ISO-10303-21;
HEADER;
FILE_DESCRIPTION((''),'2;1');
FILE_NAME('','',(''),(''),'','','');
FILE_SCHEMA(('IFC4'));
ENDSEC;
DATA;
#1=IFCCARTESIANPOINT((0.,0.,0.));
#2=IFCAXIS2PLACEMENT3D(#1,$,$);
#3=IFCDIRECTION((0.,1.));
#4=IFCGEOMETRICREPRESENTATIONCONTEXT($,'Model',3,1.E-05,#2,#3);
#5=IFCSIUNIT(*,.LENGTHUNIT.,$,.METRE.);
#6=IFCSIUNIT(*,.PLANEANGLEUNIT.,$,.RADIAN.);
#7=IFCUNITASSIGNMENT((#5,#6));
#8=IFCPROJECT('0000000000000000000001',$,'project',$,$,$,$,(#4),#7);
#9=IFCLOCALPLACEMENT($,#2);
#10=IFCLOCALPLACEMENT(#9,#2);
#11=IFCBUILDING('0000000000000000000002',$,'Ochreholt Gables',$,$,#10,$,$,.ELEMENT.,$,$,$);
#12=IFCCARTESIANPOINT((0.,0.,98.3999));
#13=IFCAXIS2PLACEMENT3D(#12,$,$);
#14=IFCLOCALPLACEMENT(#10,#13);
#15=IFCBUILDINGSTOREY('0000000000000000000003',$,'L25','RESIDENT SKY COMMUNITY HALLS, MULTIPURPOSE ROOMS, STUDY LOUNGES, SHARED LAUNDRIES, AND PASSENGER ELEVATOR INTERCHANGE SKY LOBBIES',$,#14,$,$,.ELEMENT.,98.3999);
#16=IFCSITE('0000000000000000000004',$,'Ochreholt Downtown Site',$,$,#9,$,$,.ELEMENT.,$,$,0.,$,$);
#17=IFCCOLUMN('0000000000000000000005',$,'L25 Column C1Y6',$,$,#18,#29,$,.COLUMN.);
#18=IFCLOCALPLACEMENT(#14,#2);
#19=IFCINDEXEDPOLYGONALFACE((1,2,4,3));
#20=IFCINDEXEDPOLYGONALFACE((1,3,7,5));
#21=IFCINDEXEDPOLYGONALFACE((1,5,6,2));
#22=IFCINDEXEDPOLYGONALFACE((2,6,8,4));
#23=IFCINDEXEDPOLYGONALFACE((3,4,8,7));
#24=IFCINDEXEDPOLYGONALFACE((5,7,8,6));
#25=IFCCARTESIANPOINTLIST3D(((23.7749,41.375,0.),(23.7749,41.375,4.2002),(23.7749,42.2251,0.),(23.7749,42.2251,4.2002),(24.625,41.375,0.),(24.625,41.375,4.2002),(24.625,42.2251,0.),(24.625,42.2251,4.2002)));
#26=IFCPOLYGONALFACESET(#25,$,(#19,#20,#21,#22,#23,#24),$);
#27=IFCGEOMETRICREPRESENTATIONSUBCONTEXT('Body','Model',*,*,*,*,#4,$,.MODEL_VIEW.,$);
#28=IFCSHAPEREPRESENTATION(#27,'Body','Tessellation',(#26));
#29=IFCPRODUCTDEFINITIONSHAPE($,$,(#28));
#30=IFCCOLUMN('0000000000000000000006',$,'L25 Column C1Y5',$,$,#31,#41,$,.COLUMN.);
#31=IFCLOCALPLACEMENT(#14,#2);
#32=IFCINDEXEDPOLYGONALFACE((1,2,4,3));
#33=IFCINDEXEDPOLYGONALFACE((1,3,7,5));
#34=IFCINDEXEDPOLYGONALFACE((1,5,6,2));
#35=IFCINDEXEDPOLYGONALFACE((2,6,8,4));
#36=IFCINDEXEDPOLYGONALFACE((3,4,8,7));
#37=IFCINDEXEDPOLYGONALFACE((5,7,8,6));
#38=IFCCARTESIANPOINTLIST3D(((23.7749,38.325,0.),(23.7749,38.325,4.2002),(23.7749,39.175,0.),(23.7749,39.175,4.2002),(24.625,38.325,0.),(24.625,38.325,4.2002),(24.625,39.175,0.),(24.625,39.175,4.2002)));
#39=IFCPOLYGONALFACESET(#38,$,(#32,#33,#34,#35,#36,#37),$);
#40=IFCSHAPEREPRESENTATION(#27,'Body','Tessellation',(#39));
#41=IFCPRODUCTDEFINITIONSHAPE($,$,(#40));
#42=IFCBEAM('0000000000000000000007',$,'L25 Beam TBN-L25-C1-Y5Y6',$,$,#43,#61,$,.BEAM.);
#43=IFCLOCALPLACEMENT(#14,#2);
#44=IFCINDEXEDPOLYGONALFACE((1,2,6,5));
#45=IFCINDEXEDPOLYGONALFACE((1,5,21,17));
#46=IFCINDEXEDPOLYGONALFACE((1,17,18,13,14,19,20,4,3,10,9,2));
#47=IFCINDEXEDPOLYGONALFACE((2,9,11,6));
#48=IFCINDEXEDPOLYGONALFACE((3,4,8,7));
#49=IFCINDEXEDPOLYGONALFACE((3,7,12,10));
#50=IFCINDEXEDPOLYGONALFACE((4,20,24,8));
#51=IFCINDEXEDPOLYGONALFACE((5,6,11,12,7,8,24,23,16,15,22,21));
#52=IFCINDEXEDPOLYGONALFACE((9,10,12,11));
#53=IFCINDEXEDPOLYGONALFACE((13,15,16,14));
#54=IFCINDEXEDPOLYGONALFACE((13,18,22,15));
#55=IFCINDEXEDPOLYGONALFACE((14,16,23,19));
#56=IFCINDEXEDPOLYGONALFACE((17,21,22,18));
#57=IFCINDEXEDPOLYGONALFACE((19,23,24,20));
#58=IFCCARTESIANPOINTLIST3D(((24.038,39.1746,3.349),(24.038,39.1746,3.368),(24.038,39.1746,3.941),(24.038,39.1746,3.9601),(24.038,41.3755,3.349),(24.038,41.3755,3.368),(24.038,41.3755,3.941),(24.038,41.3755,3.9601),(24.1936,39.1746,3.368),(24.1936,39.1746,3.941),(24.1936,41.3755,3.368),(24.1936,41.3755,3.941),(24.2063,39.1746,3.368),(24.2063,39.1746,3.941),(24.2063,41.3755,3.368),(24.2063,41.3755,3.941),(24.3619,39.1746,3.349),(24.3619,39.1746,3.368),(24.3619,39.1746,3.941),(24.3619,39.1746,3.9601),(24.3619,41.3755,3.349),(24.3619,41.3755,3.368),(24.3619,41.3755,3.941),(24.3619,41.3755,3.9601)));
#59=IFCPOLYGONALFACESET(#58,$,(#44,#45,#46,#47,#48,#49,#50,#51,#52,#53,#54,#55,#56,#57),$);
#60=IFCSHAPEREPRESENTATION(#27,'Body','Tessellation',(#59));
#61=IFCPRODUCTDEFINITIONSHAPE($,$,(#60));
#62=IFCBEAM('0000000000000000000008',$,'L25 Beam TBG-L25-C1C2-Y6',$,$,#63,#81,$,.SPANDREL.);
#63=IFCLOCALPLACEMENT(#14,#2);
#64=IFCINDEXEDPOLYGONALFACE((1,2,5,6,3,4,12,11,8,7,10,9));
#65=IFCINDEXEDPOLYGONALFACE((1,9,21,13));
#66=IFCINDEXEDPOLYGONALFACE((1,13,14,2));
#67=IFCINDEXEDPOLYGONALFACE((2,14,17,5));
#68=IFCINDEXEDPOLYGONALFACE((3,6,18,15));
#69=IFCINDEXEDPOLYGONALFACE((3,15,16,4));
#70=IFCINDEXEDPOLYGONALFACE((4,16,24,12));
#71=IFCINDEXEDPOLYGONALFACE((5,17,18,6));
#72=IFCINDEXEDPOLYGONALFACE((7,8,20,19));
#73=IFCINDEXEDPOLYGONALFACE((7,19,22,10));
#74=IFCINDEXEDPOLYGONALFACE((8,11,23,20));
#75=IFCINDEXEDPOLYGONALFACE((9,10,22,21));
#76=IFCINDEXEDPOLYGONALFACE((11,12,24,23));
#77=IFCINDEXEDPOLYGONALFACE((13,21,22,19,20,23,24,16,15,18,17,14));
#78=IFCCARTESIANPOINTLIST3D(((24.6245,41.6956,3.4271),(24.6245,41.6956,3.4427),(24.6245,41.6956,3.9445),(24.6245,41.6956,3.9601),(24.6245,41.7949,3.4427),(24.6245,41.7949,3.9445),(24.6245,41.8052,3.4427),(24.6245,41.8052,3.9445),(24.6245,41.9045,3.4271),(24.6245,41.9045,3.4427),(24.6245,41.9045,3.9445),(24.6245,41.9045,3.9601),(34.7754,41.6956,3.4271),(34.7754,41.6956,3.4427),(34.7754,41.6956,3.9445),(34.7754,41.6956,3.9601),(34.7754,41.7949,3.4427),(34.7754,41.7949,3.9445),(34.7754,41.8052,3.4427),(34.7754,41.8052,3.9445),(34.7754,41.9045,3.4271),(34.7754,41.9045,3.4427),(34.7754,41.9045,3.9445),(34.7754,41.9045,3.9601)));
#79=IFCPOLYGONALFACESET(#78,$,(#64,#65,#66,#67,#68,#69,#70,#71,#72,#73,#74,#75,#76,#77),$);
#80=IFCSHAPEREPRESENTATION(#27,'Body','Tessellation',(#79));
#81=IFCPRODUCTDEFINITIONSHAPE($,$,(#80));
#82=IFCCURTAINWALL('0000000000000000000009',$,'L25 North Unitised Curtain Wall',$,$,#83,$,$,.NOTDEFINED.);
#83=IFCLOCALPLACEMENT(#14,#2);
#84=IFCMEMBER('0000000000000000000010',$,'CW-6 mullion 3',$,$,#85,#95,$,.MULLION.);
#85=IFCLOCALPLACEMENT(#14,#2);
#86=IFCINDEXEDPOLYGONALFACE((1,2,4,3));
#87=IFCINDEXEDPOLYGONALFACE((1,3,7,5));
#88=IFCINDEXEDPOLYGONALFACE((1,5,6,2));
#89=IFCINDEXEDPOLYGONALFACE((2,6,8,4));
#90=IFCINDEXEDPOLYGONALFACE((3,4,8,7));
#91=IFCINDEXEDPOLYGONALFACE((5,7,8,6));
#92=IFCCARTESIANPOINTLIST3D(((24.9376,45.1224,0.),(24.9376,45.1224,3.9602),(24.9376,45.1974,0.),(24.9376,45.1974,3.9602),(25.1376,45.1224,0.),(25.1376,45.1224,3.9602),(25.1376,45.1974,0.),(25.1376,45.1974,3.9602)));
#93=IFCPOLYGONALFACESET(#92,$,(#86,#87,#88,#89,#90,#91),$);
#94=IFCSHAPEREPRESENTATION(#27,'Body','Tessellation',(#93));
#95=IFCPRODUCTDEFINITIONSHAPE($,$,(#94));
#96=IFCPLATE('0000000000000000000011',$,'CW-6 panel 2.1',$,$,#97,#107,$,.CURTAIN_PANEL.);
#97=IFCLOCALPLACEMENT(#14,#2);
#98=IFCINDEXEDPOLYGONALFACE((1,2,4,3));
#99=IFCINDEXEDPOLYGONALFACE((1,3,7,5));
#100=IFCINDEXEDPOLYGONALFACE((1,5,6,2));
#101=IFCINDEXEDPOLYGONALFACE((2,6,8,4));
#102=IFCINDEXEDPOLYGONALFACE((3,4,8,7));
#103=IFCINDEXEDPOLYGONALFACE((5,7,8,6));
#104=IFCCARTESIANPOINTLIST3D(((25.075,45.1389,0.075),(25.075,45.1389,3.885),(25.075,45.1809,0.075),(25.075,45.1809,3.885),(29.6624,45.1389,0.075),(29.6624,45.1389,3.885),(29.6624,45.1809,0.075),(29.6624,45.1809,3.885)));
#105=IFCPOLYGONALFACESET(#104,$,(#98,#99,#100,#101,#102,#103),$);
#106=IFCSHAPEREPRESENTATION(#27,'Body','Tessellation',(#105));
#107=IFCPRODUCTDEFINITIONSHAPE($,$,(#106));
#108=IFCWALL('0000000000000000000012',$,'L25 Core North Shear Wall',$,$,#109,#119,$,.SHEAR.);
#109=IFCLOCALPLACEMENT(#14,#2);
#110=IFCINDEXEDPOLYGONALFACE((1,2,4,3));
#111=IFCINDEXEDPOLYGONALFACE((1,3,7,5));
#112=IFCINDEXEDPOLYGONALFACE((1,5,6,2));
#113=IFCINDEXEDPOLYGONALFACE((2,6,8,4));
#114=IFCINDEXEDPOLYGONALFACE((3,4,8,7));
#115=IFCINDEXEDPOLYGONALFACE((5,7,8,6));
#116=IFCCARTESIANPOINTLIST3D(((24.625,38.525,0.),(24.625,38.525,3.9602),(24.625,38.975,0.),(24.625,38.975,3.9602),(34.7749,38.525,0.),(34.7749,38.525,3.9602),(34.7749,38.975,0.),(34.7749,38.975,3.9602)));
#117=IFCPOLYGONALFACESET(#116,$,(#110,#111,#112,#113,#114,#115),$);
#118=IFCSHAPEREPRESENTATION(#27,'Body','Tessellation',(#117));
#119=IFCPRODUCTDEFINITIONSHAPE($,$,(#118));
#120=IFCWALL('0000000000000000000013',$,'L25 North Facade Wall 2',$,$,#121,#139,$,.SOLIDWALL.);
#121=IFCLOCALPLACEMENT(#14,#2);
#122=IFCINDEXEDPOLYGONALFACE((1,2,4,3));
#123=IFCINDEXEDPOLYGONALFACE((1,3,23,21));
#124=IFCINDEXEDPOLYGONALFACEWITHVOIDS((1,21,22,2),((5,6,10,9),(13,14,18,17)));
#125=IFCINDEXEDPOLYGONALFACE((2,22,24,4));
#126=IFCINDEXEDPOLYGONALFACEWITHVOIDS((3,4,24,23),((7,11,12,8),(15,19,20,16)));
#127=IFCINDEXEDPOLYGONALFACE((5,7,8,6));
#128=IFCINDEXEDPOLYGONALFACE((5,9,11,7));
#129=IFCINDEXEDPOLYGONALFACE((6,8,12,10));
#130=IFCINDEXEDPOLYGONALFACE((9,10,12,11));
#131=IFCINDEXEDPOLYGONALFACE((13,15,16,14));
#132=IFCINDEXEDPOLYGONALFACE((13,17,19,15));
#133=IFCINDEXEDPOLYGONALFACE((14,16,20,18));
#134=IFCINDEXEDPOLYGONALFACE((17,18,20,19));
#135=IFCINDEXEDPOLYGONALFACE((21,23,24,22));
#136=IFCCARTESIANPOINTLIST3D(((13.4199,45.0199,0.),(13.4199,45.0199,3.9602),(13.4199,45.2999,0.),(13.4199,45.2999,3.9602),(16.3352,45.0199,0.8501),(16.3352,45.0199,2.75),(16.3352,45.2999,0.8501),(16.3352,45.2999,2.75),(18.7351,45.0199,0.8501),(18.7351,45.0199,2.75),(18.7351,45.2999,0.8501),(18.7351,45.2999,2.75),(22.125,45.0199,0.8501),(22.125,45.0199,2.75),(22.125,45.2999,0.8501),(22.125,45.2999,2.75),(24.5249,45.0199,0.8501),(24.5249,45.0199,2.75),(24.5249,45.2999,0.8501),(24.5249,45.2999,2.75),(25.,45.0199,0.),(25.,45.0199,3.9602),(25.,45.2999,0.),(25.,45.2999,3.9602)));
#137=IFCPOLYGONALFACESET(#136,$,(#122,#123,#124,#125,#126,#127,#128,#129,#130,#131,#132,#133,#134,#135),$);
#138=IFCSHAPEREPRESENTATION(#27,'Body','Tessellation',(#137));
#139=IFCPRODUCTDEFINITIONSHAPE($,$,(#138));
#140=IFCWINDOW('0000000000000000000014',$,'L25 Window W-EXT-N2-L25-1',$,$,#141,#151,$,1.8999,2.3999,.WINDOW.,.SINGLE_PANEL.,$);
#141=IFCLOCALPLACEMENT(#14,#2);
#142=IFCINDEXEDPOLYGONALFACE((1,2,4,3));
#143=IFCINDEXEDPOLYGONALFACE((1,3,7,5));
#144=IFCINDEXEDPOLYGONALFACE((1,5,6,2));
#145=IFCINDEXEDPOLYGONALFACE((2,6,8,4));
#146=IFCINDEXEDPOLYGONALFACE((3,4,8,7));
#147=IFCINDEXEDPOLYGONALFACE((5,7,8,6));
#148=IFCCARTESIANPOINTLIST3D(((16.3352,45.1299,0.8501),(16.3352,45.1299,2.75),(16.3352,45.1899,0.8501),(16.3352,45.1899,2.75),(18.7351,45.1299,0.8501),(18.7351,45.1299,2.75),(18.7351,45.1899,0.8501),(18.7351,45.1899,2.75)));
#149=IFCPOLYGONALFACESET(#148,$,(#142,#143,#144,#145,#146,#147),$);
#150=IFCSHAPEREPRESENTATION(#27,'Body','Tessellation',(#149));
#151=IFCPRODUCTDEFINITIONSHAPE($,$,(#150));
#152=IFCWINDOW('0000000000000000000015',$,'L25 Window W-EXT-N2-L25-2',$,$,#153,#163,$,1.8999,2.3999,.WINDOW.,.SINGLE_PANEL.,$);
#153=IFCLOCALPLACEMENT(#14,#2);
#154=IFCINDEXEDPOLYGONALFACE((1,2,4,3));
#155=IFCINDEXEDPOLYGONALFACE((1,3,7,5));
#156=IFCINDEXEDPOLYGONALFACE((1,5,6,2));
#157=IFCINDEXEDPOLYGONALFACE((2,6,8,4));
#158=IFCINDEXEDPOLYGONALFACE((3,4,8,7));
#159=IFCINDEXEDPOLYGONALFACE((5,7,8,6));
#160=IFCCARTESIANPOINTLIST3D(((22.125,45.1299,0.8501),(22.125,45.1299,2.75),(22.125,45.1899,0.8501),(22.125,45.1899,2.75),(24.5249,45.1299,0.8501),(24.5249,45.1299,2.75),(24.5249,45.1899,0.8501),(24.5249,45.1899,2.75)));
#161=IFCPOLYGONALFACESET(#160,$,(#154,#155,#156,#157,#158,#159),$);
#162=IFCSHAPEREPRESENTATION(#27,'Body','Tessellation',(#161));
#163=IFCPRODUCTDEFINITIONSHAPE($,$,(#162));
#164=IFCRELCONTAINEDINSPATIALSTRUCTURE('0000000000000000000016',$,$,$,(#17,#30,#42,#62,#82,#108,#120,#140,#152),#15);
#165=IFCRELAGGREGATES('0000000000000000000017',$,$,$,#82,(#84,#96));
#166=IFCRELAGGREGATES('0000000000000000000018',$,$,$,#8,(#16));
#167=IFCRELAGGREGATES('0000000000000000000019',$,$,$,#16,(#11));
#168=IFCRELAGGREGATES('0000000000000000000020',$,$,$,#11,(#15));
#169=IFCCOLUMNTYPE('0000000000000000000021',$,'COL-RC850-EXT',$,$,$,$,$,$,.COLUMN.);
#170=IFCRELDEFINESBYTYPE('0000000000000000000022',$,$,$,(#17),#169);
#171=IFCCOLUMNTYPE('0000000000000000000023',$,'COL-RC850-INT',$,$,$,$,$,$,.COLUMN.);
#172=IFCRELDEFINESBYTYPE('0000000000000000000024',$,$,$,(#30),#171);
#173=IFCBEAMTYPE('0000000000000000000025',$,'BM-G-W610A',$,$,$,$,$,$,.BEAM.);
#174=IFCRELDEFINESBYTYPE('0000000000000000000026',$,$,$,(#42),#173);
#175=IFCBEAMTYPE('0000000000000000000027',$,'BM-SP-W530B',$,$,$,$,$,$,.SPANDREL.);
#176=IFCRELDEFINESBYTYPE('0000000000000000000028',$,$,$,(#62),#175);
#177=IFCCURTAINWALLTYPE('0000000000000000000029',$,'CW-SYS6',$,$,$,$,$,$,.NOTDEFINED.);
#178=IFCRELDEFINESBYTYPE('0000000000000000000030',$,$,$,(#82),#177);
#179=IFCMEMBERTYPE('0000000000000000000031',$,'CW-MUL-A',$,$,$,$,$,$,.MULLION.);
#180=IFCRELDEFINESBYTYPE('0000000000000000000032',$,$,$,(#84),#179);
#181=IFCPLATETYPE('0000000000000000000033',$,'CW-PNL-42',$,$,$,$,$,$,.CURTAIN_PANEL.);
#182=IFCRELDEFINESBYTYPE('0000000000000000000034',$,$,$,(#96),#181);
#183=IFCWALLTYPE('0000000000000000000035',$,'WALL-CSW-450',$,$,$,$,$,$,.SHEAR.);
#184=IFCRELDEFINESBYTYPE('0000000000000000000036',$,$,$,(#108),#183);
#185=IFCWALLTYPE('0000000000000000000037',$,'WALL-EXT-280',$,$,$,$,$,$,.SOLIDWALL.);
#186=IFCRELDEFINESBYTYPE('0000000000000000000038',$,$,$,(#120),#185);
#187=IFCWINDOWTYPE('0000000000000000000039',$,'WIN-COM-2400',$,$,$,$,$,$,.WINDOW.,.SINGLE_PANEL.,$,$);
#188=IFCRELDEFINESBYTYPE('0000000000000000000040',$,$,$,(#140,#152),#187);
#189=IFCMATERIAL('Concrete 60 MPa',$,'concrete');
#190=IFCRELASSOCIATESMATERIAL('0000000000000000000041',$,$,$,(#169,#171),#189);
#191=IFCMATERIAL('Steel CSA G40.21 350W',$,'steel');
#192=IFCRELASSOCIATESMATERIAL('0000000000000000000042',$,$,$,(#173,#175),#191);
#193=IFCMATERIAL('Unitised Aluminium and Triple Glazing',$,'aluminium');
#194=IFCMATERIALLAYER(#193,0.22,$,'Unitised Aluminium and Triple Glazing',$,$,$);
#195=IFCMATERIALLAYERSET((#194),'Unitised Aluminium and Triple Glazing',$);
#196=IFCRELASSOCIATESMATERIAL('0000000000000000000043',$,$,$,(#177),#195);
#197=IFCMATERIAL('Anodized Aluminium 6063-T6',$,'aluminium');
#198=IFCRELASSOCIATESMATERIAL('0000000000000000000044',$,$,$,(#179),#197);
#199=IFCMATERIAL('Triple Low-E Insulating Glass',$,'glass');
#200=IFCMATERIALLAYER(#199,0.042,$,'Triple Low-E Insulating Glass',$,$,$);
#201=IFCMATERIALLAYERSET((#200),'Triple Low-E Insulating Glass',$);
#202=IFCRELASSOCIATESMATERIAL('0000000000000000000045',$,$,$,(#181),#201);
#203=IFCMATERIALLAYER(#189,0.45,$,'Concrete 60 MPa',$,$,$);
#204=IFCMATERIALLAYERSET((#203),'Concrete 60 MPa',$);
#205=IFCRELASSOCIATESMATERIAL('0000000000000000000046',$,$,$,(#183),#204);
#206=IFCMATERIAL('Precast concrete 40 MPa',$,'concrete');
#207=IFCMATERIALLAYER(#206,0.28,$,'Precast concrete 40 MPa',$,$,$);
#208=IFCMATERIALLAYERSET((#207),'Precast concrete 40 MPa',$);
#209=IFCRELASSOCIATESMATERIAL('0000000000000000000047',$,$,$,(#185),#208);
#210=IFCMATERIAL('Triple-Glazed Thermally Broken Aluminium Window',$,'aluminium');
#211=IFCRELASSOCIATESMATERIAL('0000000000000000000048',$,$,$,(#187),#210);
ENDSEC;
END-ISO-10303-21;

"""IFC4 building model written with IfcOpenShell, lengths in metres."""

from ifc_helpers import new_model, si_unit, direction, frame, frame_2d, origin, origin_2d, place, context, subcontext, project, spatial, rectangle, i_section, extrude, material, layer, layer_set, material_profile, profile_set, type_object, element, fill, aggregate, save


model = new_model("IFC4")

# Units and contexts
model_context = context("Model", 3, precision=1e-05, world=origin(), true_north=direction((0.0, 1.0)))
body_context = subcontext(model_context, "Body", "Model", "MODEL_VIEW")
ifc_project = project(units=[si_unit("LENGTHUNIT", "METRE"), si_unit("PLANEANGLEUNIT", "RADIAN")], contexts=[model_context])

# Site, building, storey
site_placement = place(None, origin())
site = spatial("IfcSite", under=ifc_project, at=site_placement, Name="Ochreholt Downtown Site", CompositionType="ELEMENT", RefElevation=0.0)
building_placement = place(site_placement, origin())
building = spatial("IfcBuilding", under=site, at=building_placement, Name="Ochreholt Gables", CompositionType="ELEMENT")
storey_placement = place(building_placement, frame((0.0, 0.0, 98.3999)))
storey = spatial("IfcBuildingStorey", under=building, at=storey_placement, Name="L25", Description="RESIDENT SKY COMMUNITY HALLS, MULTIPURPOSE ROOMS, STUDY LOUNGES, SHARED LAUNDRIES, AND PASSENGER ELEVATOR INTERCHANGE SKY LOBBIES", CompositionType="ELEMENT", Elevation=98.3999)

# Columns
ifc_material_1 = material(Name="Concrete 60 MPa", Category="concrete")
ifc_material_profile_1 = material_profile(ifc_material_1, rectangle(XDim=0.8501, YDim=0.8501, at=origin_2d()), Name="RC850X850")
ifc_profile_set_1 = profile_set([ifc_material_profile_1], Name="Concrete 60 MPa")
column_type_1 = type_object("IfcColumnType", Name="COL-RC850-EXT", PredefinedType="COLUMN", material=ifc_profile_set_1)
column_1_placement = place(storey_placement, frame((24.2, 41.8, 0.0), z_axis=(0.0, 0.0, 1.0), x_axis=(1.0, 0.0, 0.0)))
element("IfcColumn", 1, at=column_1_placement, inside=storey, type_object=column_type_1, Name="L25 Column C1Y6", PredefinedType="COLUMN", context=body_context, shape_type="SweptSolid", body=[
    extrude(rectangle(XDim=0.8501, YDim=0.8501, at=origin_2d()), origin(), (0.0, 0.0, 1.0), 4.2002),
])
ifc_material_profile_2 = material_profile(ifc_material_1, rectangle(XDim=0.8501, YDim=0.8501, at=origin_2d()), Name="RC850X850")
ifc_profile_set_2 = profile_set([ifc_material_profile_2], Name="Concrete 60 MPa")
column_type_2 = type_object("IfcColumnType", Name="COL-RC850-INT", PredefinedType="COLUMN", material=ifc_profile_set_2)
column_2_placement = place(storey_placement, frame((24.2, 38.75, 0.0), z_axis=(0.0, 0.0, 1.0), x_axis=(1.0, 0.0, 0.0)))
element("IfcColumn", 2, at=column_2_placement, inside=storey, type_object=column_type_2, Name="L25 Column C1Y5", PredefinedType="COLUMN", context=body_context, shape_type="SweptSolid", body=[
    extrude(rectangle(XDim=0.8501, YDim=0.8501, at=origin_2d()), origin(), (0.0, 0.0, 1.0), 4.2002),
])

# Beams
ifc_material_2 = material(Name="Steel CSA G40.21 350W", Category="steel")
ifc_material_profile_3 = material_profile(ifc_material_2, i_section(OverallWidth=0.324, OverallDepth=0.6111, WebThickness=0.0127, FlangeThickness=0.019, at=origin_2d()), Name="W610X155")
ifc_profile_set_3 = profile_set([ifc_material_profile_3], Name="Steel CSA G40.21 350W")
beam_type_1 = type_object("IfcBeamType", Name="BM-G-W610A", PredefinedType="BEAM", material=ifc_profile_set_3)
beam_1_placement = place(storey_placement, frame((24.2, 39.1746, 3.6545), z_axis=(0.0, 1.0, 0.0), x_axis=(-1.0, 0.0, 0.0)))
element("IfcBeam", 3, at=beam_1_placement, inside=storey, type_object=beam_type_1, Name="L25 Beam TBN-L25-C1-Y5Y6", PredefinedType="BEAM", context=body_context, shape_type="SweptSolid", body=[
    extrude(i_section(OverallWidth=0.324, OverallDepth=0.6111, WebThickness=0.0127, FlangeThickness=0.019, at=origin_2d()), origin(), (0.0, 0.0, 1.0), 2.2009),
])
ifc_material_profile_4 = material_profile(ifc_material_2, i_section(OverallWidth=0.209, OverallDepth=0.533, WebThickness=0.0103, FlangeThickness=0.0156, at=origin_2d()), Name="W530X92")
ifc_profile_set_4 = profile_set([ifc_material_profile_4], Name="Steel CSA G40.21 350W")
beam_type_2 = type_object("IfcBeamType", Name="BM-SP-W530B", PredefinedType="SPANDREL", material=ifc_profile_set_4)
beam_2_placement = place(storey_placement, frame((24.6245, 41.8, 3.6936), z_axis=(1.0, 0.0, 0.0), x_axis=(0.0, 1.0, 0.0)))
element("IfcBeam", 4, at=beam_2_placement, inside=storey, type_object=beam_type_2, Name="L25 Beam TBG-L25-C1C2-Y6", PredefinedType="SPANDREL", context=body_context, shape_type="SweptSolid", body=[
    extrude(i_section(OverallWidth=0.209, OverallDepth=0.533, WebThickness=0.0103, FlangeThickness=0.0156, at=origin_2d()), origin(), (0.0, 0.0, 1.0), 10.1509),
])

# Curtain wall, member, plate
ifc_material_3 = material(Name="Unitised Aluminium and Triple Glazing", Category="aluminium")
ifc_layer_1 = layer(ifc_material_3, 0.22, Name="Unitised Aluminium and Triple Glazing")
ifc_layer_set_1 = layer_set([ifc_layer_1], Name="Unitised Aluminium and Triple Glazing")
curtain_wall_type = type_object("IfcCurtainWallType", Name="CW-SYS6", PredefinedType="NOTDEFINED", material=ifc_layer_set_1)
curtain_wall_placement = place(storey_placement, origin())
curtain_wall = element("IfcCurtainWall", 5, at=curtain_wall_placement, inside=storey, type_object=curtain_wall_type, Name="L25 North Unitised Curtain Wall", PredefinedType="NOTDEFINED")
ifc_material_4 = material(Name="Anodized Aluminium 6063-T6", Category="aluminium")
ifc_material_profile_5 = material_profile(ifc_material_4, rectangle(XDim=0.075, YDim=0.2, at=origin_2d()), Name="CWM75X200")
ifc_profile_set_5 = profile_set([ifc_material_profile_5], Name="Anodized Aluminium 6063-T6")
member_type = type_object("IfcMemberType", Name="CW-MUL-A", PredefinedType="MULLION", material=ifc_profile_set_5)
member_placement = place(storey_placement, frame((25.0376, 45.1599, 0.0), z_axis=(0.0, 0.0, 1.0), x_axis=(0.0, -1.0, 0.0)))
member = element("IfcMember", 6, at=member_placement, type_object=member_type, Name="CW-6 mullion 3", PredefinedType="MULLION", context=body_context, shape_type="SweptSolid", body=[
    extrude(rectangle(XDim=0.075, YDim=0.2, at=origin_2d()), origin(), (0.0, 0.0, 1.0), 3.9602),
])
ifc_material_5 = material(Name="Triple Low-E Insulating Glass", Category="glass")
ifc_layer_2 = layer(ifc_material_5, 0.042, Name="Triple Low-E Insulating Glass")
ifc_layer_set_2 = layer_set([ifc_layer_2], Name="Triple Low-E Insulating Glass")
plate_type = type_object("IfcPlateType", Name="CW-PNL-42", PredefinedType="CURTAIN_PANEL", material=ifc_layer_set_2)
plate_placement = place(storey_placement, frame((27.3687, 45.1599, 0.075), z_axis=(0.0, 0.0, 1.0), x_axis=(-1.0, 0.0, 0.0)))
plate = element("IfcPlate", 7, at=plate_placement, type_object=plate_type, Name="CW-6 panel 2.1", PredefinedType="CURTAIN_PANEL", context=body_context, shape_type="SweptSolid", body=[
    extrude(rectangle(XDim=4.5874, YDim=0.042, at=origin_2d()), origin(), (0.0, 0.0, 1.0), 3.8101),
])
aggregate(curtain_wall, [member, plate])

# Wall
ifc_layer_3 = layer(ifc_material_1, 0.45, Name="Concrete 60 MPa")
ifc_layer_set_3 = layer_set([ifc_layer_3], Name="Concrete 60 MPa")
wall_type_1 = type_object("IfcWallType", Name="WALL-CSW-450", PredefinedType="SHEAR", material=ifc_layer_set_3)
wall_1_placement = place(storey_placement, frame((24.625, 38.75, 0.0), z_axis=(0.0, 0.0, 1.0), x_axis=(1.0, 0.0, 0.0)))
element("IfcWall", 8, at=wall_1_placement, inside=storey, type_object=wall_type_1, Name="L25 Core North Shear Wall", PredefinedType="SHEAR", context=body_context, shape_type="SweptSolid", body=[
    extrude(rectangle(XDim=10.1499, YDim=0.45, at=frame_2d((5.075, 0.0))), origin(), (0.0, 0.0, 1.0), 3.9602),
])

# Wall, openings, windows
ifc_material_6 = material(Name="Precast concrete 40 MPa", Category="concrete")
ifc_layer_4 = layer(ifc_material_6, 0.28, Name="Precast concrete 40 MPa")
ifc_layer_set_4 = layer_set([ifc_layer_4], Name="Precast concrete 40 MPa")
wall_type_2 = type_object("IfcWallType", Name="WALL-EXT-280", PredefinedType="SOLIDWALL", material=ifc_layer_set_4)
wall_2_placement = place(storey_placement, frame((25.0, 45.1599, 0.0), z_axis=(0.0, 0.0, 1.0), x_axis=(-1.0, 0.0, 0.0)))
wall_2 = element("IfcWall", 9, at=wall_2_placement, inside=storey, type_object=wall_type_2, Name="L25 North Facade Wall 2", PredefinedType="SOLIDWALL", context=body_context, shape_type="SweptSolid", body=[
    extrude(rectangle(XDim=11.5801, YDim=0.28, at=frame_2d((5.79, 0.0))), origin(), (0.0, 0.0, 1.0), 3.9602),
])
opening_1_placement = place(wall_2_placement, frame((6.2649, 0.0, 0.8501)))
opening_1 = element("IfcOpeningElement", 10, at=opening_1_placement, cuts=wall_2, PredefinedType="OPENING", context=body_context, shape_type="SweptSolid", body=[
    extrude(rectangle(XDim=2.3999, YDim=1.8999, at=frame_2d((1.2, 0.95))), frame((0.0, 0.1499, 0.0), z_axis=(0.0, -1.0, 0.0), x_axis=(1.0, 0.0, 0.0)), (0.0, 0.0, 1.0), 0.3),
])
opening_2_placement = place(wall_2_placement, frame((0.4751, 0.0, 0.8501)))
opening_2 = element("IfcOpeningElement", 11, at=opening_2_placement, cuts=wall_2, PredefinedType="OPENING", context=body_context, shape_type="SweptSolid", body=[
    extrude(rectangle(XDim=2.3999, YDim=1.8999, at=frame_2d((1.2, 0.95))), frame((0.0, 0.1499, 0.0), z_axis=(0.0, -1.0, 0.0), x_axis=(1.0, 0.0, 0.0)), (0.0, 0.0, 1.0), 0.3),
])
ifc_material_7 = material(Name="Triple-Glazed Thermally Broken Aluminium Window", Category="aluminium")
window_type = type_object("IfcWindowType", Name="WIN-COM-2400", PartitioningType="SINGLE_PANEL", PredefinedType="WINDOW", material=ifc_material_7)
window_1_placement = place(opening_1_placement, origin())
window_1 = element("IfcWindow", 12, at=window_1_placement, inside=storey, type_object=window_type, Name="L25 Window W-EXT-N2-L25-1", OverallHeight=1.8999, OverallWidth=2.3999, PartitioningType="SINGLE_PANEL", PredefinedType="WINDOW", context=body_context, shape_type="SweptSolid", body=[
    extrude(rectangle(XDim=2.3999, YDim=1.8999, at=frame_2d((1.2, 0.95))), frame((0.0, 0.03, 0.0), z_axis=(0.0, -1.0, 0.0), x_axis=(1.0, 0.0, 0.0)), (0.0, 0.0, 1.0), 0.0601),
])
fill(opening_1, window_1)
window_2_placement = place(opening_2_placement, origin())
window_2 = element("IfcWindow", 13, at=window_2_placement, inside=storey, type_object=window_type, Name="L25 Window W-EXT-N2-L25-2", OverallHeight=1.8999, OverallWidth=2.3999, PartitioningType="SINGLE_PANEL", PredefinedType="WINDOW", context=body_context, shape_type="SweptSolid", body=[
    extrude(rectangle(XDim=2.3999, YDim=1.8999, at=frame_2d((1.2, 0.95))), frame((0.0, 0.03, 0.0), z_axis=(0.0, -1.0, 0.0), x_axis=(1.0, 0.0, 0.0)), (0.0, 0.0, 1.0), 0.0601),
])
fill(opening_2, window_2)

save(model, "model.ifc")
